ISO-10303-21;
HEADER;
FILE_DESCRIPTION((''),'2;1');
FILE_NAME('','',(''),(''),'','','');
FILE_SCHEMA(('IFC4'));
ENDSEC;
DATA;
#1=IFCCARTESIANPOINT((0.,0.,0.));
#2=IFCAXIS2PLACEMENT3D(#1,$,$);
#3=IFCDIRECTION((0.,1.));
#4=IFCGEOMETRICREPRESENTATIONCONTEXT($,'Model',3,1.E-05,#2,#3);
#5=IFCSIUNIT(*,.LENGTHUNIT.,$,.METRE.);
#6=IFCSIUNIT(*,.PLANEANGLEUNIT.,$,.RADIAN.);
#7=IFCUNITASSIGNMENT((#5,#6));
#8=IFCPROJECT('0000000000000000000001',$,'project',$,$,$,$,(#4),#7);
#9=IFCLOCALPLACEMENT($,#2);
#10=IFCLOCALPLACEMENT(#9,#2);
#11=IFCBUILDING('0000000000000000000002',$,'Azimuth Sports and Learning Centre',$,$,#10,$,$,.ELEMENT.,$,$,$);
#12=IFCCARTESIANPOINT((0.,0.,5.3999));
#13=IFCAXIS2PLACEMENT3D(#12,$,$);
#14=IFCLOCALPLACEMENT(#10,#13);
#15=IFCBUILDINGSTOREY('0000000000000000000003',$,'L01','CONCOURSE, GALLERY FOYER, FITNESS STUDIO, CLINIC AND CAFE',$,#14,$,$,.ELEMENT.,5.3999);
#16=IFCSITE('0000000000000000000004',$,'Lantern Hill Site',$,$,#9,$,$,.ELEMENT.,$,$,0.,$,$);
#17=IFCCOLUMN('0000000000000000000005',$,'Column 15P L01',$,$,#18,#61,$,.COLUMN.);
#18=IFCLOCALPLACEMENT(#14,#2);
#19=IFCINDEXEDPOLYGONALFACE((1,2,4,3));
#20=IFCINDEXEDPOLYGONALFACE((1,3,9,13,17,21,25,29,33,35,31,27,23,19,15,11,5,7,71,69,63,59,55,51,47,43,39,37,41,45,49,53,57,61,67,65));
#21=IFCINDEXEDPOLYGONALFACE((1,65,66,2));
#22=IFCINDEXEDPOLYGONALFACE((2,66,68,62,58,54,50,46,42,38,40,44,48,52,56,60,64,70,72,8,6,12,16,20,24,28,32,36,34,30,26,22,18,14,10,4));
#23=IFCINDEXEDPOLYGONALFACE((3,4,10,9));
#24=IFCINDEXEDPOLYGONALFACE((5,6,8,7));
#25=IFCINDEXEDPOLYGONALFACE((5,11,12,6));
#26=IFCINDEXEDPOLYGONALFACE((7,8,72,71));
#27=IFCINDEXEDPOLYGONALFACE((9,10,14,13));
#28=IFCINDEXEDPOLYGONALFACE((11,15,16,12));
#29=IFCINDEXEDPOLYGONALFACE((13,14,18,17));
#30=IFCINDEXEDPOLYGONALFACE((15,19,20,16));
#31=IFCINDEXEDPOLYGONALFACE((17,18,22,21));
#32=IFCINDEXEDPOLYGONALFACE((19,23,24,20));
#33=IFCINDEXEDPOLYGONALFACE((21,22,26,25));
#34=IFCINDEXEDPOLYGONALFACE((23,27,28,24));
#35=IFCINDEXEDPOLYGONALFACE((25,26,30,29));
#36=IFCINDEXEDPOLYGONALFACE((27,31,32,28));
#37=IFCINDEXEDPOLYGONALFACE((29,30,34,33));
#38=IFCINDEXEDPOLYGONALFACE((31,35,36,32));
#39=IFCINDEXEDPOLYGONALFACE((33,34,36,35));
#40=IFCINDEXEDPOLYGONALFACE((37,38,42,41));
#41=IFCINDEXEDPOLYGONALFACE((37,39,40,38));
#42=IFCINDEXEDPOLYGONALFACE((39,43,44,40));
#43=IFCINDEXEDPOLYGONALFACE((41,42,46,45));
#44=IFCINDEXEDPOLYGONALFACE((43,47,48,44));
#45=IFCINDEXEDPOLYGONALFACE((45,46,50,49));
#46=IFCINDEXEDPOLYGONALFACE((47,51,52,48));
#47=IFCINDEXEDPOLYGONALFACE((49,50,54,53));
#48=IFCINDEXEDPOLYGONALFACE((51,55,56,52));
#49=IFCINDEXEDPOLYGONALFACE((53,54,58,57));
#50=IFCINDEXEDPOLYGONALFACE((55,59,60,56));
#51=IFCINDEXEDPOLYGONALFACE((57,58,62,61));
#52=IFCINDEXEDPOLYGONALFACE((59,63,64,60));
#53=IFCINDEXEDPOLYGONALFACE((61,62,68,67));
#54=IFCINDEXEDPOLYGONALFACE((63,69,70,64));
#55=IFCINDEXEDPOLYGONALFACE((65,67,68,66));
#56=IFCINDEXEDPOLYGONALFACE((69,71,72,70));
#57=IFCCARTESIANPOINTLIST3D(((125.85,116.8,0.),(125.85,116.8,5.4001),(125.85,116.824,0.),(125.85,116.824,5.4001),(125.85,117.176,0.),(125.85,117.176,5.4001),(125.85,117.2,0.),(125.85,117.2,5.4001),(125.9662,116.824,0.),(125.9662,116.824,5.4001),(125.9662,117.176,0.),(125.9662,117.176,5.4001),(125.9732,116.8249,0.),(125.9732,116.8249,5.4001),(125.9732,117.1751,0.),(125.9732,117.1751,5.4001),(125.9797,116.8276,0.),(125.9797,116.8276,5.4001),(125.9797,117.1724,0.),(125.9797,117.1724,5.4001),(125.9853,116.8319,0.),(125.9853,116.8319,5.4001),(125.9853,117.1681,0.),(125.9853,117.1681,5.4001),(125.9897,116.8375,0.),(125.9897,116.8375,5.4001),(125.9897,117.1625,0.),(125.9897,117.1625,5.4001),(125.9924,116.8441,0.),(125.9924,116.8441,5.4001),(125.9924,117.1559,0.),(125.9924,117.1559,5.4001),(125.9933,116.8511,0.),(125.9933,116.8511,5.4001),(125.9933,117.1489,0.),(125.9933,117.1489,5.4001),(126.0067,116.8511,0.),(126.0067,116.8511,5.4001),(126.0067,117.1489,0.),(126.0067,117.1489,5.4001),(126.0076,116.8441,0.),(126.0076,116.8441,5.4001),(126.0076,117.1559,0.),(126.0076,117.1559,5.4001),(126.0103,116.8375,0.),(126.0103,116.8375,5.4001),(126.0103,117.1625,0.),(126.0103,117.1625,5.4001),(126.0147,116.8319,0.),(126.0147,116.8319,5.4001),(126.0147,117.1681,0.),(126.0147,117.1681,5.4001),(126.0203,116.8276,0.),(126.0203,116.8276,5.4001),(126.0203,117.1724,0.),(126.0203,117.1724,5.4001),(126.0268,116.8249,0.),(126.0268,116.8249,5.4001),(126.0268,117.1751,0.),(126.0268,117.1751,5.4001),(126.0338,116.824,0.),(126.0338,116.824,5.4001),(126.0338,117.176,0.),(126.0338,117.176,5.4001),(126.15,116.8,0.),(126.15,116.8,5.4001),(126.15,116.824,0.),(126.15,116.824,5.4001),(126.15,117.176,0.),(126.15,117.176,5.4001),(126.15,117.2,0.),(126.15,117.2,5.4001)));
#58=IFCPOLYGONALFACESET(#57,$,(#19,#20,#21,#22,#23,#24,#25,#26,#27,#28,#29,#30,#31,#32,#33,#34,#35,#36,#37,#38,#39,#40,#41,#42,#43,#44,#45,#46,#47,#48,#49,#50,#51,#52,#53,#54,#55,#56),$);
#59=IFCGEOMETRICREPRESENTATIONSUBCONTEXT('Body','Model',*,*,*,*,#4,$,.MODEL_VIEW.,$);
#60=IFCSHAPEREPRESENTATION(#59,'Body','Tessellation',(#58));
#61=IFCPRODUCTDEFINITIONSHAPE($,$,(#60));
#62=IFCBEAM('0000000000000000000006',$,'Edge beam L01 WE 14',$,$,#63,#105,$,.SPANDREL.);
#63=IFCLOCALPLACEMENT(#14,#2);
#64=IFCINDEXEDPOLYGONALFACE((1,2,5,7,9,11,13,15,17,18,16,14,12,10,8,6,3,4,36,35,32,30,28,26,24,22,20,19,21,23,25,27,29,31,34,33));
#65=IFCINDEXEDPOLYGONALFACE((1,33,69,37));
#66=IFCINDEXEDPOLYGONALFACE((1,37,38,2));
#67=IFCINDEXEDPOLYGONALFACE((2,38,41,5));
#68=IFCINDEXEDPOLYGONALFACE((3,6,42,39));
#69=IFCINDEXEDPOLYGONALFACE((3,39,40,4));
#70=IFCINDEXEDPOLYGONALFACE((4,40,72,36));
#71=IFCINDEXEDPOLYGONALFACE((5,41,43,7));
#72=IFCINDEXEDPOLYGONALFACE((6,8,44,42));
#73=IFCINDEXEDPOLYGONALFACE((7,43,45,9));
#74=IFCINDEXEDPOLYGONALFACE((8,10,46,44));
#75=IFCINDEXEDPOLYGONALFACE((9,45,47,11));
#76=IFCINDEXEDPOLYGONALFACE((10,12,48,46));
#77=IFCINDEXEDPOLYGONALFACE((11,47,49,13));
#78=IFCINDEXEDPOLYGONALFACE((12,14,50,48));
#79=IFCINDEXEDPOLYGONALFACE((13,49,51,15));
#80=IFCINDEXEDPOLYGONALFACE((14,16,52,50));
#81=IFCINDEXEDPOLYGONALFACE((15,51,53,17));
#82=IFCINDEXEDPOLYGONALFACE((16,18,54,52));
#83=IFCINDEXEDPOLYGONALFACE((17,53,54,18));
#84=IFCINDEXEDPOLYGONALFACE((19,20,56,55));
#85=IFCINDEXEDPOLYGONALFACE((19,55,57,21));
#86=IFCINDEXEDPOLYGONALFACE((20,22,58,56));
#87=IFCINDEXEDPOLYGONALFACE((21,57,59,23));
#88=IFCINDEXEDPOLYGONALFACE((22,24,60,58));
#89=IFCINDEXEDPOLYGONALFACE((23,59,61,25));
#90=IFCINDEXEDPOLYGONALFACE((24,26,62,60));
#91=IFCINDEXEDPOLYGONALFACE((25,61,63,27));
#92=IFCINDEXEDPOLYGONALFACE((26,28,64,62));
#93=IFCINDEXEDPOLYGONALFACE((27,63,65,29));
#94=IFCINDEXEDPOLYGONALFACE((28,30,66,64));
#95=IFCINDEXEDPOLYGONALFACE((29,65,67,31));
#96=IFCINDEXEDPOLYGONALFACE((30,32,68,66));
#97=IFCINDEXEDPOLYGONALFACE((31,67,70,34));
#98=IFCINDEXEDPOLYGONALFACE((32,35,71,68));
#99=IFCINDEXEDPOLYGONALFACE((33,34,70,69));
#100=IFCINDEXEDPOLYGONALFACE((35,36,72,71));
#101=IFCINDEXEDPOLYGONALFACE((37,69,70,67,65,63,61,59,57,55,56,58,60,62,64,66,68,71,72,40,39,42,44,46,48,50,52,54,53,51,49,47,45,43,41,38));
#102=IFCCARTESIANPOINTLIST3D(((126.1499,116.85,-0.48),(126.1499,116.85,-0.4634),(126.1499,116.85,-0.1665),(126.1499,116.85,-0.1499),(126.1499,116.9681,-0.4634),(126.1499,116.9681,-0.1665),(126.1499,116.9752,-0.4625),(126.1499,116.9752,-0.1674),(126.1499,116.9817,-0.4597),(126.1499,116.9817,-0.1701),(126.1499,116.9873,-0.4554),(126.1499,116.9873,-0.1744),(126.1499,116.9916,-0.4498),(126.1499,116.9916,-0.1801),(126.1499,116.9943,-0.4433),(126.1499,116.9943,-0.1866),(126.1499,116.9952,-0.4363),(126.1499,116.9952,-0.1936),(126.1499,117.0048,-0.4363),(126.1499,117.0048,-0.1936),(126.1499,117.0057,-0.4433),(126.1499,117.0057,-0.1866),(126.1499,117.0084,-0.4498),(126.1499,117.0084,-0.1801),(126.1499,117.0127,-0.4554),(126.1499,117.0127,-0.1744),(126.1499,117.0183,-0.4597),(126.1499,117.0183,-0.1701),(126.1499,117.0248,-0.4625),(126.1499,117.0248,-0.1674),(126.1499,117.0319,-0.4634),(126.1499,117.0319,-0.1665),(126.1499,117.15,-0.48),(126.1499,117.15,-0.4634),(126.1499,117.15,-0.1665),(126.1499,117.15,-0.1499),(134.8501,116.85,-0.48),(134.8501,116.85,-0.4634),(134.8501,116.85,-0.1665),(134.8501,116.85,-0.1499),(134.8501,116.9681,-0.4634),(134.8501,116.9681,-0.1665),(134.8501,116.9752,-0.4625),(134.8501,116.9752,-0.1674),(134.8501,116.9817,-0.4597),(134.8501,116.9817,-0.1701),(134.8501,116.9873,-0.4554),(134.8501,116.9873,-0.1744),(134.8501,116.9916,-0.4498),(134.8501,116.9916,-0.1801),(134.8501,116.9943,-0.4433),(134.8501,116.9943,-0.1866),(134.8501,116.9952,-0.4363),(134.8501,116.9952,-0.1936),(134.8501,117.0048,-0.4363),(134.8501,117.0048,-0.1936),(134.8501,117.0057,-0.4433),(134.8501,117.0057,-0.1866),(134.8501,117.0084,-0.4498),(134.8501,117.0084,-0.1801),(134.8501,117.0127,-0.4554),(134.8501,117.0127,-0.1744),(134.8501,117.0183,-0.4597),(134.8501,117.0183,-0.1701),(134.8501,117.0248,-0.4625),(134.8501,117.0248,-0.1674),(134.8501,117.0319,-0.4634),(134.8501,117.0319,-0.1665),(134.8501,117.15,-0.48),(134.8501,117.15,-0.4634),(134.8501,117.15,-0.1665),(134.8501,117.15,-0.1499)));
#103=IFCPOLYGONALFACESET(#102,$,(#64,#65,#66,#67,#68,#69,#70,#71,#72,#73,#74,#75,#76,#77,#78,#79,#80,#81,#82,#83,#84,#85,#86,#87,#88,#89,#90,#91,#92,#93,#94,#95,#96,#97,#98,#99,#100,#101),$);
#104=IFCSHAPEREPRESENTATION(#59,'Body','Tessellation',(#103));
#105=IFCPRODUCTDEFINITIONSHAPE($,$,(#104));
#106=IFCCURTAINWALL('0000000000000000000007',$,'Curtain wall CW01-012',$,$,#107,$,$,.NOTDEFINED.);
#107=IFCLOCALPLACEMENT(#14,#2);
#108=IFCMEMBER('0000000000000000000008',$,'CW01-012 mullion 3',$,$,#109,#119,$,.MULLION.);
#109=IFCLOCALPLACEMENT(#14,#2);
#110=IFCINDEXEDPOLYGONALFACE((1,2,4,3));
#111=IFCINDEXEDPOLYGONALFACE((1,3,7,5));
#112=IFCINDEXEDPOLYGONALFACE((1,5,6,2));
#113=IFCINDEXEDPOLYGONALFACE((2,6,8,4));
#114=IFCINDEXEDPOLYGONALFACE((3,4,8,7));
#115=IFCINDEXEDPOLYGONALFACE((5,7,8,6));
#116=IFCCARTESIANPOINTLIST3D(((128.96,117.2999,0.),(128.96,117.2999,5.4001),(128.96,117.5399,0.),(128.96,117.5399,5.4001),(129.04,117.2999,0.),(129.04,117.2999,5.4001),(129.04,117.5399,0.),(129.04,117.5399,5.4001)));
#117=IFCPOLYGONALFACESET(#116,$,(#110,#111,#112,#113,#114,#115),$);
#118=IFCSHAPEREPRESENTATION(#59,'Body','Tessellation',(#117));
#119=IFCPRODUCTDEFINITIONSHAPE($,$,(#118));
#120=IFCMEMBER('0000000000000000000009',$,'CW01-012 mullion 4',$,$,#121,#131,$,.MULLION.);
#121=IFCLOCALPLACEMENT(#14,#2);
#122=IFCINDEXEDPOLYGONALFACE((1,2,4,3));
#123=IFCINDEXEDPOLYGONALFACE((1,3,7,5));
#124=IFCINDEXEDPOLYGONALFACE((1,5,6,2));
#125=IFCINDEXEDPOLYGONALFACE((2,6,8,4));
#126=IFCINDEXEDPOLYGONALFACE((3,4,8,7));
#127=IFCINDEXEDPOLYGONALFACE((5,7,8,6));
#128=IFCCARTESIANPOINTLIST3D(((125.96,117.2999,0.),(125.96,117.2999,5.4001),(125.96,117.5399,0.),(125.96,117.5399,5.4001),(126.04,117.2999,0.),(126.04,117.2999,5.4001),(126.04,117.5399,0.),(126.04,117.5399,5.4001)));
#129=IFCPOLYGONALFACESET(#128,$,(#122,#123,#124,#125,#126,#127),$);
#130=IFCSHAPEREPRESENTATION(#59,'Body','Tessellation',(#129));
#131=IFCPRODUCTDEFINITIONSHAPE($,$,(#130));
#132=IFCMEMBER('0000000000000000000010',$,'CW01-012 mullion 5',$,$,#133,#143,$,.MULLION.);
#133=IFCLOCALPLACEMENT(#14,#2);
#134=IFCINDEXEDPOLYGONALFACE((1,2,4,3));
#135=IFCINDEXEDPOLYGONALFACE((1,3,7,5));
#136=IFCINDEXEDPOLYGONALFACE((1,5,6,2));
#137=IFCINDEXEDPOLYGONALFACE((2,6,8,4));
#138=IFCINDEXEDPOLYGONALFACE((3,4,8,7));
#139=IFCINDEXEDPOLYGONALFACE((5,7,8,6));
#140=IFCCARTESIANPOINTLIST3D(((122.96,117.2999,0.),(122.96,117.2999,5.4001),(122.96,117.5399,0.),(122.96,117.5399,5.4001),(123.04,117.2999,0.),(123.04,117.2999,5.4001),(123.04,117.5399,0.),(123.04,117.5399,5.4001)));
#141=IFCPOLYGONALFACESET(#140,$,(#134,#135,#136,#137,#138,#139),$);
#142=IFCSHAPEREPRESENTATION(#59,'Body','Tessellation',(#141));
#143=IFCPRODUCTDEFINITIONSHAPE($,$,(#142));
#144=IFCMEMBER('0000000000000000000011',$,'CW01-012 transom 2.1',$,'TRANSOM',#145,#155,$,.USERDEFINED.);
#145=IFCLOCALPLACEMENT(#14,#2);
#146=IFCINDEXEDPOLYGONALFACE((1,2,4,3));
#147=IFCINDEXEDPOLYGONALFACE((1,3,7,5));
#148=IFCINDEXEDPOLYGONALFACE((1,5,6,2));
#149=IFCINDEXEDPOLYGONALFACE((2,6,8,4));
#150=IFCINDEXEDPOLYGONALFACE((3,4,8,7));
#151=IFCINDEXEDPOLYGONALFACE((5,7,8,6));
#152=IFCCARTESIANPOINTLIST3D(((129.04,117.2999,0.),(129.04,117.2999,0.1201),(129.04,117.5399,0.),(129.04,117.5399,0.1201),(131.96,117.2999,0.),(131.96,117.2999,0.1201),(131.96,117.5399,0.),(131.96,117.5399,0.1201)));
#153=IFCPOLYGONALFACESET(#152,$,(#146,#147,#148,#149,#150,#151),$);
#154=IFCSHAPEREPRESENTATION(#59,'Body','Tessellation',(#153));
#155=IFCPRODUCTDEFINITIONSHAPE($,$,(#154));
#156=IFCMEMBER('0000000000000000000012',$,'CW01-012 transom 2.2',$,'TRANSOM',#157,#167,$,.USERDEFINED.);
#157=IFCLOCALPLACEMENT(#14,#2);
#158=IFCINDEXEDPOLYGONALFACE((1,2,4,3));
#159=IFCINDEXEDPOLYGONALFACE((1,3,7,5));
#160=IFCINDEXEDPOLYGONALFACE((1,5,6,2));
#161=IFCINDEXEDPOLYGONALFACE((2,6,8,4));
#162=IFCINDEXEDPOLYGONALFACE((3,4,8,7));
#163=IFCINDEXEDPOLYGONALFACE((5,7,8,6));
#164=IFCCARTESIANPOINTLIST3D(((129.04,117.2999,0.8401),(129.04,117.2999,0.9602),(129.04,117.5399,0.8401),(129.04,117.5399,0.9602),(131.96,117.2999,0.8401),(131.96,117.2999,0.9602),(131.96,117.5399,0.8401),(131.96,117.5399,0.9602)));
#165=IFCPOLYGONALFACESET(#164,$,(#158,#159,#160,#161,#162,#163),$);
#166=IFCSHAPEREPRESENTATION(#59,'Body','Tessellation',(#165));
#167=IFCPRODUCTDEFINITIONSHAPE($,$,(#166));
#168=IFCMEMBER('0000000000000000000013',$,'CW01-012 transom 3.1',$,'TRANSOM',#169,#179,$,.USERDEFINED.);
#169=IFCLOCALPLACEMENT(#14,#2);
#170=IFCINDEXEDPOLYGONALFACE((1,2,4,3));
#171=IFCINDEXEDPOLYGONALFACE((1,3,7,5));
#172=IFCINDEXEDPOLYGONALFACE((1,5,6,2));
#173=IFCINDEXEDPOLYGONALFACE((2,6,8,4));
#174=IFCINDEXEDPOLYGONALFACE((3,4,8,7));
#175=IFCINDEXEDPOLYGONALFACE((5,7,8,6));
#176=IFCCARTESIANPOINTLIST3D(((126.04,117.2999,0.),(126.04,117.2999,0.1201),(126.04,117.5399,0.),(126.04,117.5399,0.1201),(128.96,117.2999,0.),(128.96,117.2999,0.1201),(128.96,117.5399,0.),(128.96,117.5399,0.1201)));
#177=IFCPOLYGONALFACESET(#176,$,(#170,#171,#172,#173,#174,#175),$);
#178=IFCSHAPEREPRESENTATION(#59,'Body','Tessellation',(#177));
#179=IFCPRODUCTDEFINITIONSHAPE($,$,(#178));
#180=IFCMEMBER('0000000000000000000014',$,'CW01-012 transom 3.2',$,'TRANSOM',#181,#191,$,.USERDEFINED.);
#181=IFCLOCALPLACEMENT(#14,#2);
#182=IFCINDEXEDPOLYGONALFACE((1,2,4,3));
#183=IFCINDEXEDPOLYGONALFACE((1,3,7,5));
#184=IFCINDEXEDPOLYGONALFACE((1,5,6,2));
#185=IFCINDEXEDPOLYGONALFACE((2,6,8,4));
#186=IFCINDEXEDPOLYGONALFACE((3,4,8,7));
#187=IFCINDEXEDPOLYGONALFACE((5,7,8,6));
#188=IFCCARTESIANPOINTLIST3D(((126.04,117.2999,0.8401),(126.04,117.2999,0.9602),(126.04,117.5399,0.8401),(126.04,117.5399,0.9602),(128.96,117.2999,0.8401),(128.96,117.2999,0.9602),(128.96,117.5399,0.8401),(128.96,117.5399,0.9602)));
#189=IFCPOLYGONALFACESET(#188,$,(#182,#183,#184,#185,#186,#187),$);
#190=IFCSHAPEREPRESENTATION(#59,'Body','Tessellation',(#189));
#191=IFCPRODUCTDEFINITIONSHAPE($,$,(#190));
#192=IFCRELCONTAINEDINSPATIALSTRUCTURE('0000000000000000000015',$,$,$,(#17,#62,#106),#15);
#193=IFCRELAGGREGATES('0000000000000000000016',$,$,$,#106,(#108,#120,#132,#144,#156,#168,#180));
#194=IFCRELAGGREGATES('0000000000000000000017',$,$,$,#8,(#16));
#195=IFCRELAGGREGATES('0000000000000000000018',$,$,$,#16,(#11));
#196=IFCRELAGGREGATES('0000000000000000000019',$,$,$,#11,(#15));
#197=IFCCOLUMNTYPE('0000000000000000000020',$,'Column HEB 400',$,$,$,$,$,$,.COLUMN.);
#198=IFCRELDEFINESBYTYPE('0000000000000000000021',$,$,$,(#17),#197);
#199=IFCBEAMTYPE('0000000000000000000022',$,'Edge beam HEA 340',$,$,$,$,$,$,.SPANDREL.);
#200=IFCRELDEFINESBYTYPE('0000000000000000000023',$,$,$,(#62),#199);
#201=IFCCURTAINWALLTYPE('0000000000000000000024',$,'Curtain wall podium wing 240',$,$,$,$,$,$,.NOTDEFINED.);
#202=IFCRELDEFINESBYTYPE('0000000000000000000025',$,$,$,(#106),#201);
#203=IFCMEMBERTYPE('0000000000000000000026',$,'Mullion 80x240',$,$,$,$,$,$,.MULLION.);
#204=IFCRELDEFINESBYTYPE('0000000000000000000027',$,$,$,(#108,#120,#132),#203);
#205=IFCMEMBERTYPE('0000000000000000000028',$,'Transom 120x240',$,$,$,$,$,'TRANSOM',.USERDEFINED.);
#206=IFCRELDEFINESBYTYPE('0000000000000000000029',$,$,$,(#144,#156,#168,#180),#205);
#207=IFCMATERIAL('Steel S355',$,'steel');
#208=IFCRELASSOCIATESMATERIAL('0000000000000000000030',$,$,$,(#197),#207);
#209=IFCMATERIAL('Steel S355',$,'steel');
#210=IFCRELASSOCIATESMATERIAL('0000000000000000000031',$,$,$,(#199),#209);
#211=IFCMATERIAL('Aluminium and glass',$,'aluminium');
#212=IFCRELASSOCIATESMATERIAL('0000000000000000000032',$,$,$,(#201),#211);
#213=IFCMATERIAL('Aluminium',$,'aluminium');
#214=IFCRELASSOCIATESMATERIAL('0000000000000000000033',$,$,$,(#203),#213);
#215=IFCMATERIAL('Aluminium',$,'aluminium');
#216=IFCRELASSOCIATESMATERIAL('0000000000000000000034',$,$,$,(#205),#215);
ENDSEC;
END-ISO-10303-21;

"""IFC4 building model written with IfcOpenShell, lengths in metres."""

from ifc_helpers import new_model, si_unit, direction, frame, origin, origin_2d, place, context, subcontext, project, spatial, rectangle, i_section, extrude, material, material_profile, profile_set, type_object, element, aggregate, save


model = new_model("IFC4")

# Units and contexts
model_context = context("Model", 3, precision=1e-05, world=origin(), true_north=direction((0.0, 1.0)))
body_context = subcontext(model_context, "Body", "Model", "MODEL_VIEW")
ifc_project = project(units=[si_unit("LENGTHUNIT", "METRE"), si_unit("PLANEANGLEUNIT", "RADIAN")], contexts=[model_context])

# Site, building, storey
site_placement = place(None, origin())
site = spatial("IfcSite", under=ifc_project, at=site_placement, Name="Lantern Hill Site", CompositionType="ELEMENT", RefElevation=0.0)
building_placement = place(site_placement, origin())
building = spatial("IfcBuilding", under=site, at=building_placement, Name="Azimuth Sports and Learning Centre", CompositionType="ELEMENT")
storey_placement = place(building_placement, frame((0.0, 0.0, 5.3999)))
storey = spatial("IfcBuildingStorey", under=building, at=storey_placement, Name="L01", Description="CONCOURSE, GALLERY FOYER, FITNESS STUDIO, CLINIC AND CAFE", CompositionType="ELEMENT", Elevation=5.3999)

# Column
ifc_material_1 = material(Name="Steel S355", Category="steel")
ifc_material_profile_1 = material_profile(ifc_material_1, i_section(OverallWidth=0.3, OverallDepth=0.3999, WebThickness=0.0134, FlangeThickness=0.0239, FilletRadius=0.0271, at=origin_2d()), Name="HEB 400")
ifc_profile_set_1 = profile_set([ifc_material_profile_1], Name="Steel S355")
column_type = type_object("IfcColumnType", Name="Column HEB 400", PredefinedType="COLUMN", material=ifc_profile_set_1)
column_placement = place(storey_placement, frame((126.0, 117.0, 0.0), z_axis=(0.0, 0.0, 1.0), x_axis=(1.0, 0.0, 0.0)))
element("IfcColumn", 1, at=column_placement, inside=storey, type_object=column_type, Name="Column 15P L01", PredefinedType="COLUMN", context=body_context, shape_type="SweptSolid", body=[
    extrude(i_section(OverallWidth=0.3, OverallDepth=0.3999, WebThickness=0.0134, FlangeThickness=0.0239, FilletRadius=0.0271, at=origin_2d()), origin(), (0.0, 0.0, 1.0), 5.4001),
])

# Beam
ifc_material_2 = material(Name="Steel S355", Category="steel")
ifc_material_profile_2 = material_profile(ifc_material_2, i_section(OverallWidth=0.3, OverallDepth=0.3301, WebThickness=0.0095, FlangeThickness=0.0166, FilletRadius=0.0271, at=origin_2d()), Name="HEA 340")
ifc_profile_set_2 = profile_set([ifc_material_profile_2], Name="Steel S355")
beam_type = type_object("IfcBeamType", Name="Edge beam HEA 340", PredefinedType="SPANDREL", material=ifc_profile_set_2)
beam_placement = place(storey_placement, frame((126.1499, 117.0, -0.3149), z_axis=(1.0, 0.0, 0.0), x_axis=(0.0, 1.0, 0.0)))
element("IfcBeam", 2, at=beam_placement, inside=storey, type_object=beam_type, Name="Edge beam L01 WE 14", PredefinedType="SPANDREL", context=body_context, shape_type="SweptSolid", body=[
    extrude(i_section(OverallWidth=0.3, OverallDepth=0.3301, WebThickness=0.0095, FlangeThickness=0.0166, FilletRadius=0.0271, at=origin_2d()), origin(), (0.0, 0.0, 1.0), 8.7002),
])

# Curtain wall, members
ifc_material_3 = material(Name="Aluminium and glass", Category="aluminium")
curtain_wall_type = type_object("IfcCurtainWallType", Name="Curtain wall podium wing 240", PredefinedType="NOTDEFINED", material=ifc_material_3)
curtain_wall_placement = place(storey_placement, origin())
curtain_wall = element("IfcCurtainWall", 3, at=curtain_wall_placement, inside=storey, type_object=curtain_wall_type, Name="Curtain wall CW01-012", PredefinedType="NOTDEFINED")
ifc_material_4 = material(Name="Aluminium", Category="aluminium")
ifc_material_profile_3 = material_profile(ifc_material_4, rectangle(XDim=0.24, YDim=0.0801, at=origin_2d()), Name="Mullion 80x240")
ifc_profile_set_3 = profile_set([ifc_material_profile_3], Name="Aluminium")
member_type_1 = type_object("IfcMemberType", Name="Mullion 80x240", PredefinedType="MULLION", material=ifc_profile_set_3)
member_1_placement = place(storey_placement, frame((129.0, 117.4199, 0.0), z_axis=(0.0, 0.0, 1.0), x_axis=(0.0, -1.0, 0.0)))
member_1 = element("IfcMember", 4, at=member_1_placement, type_object=member_type_1, Name="CW01-012 mullion 3", PredefinedType="MULLION", context=body_context, shape_type="SweptSolid", body=[
    extrude(rectangle(XDim=0.24, YDim=0.0801, at=origin_2d()), origin(), (0.0, 0.0, 1.0), 5.4001),
])
member_2_placement = place(storey_placement, frame((126.0, 117.4199, 0.0), z_axis=(0.0, 0.0, 1.0), x_axis=(0.0, -1.0, 0.0)))
member_2 = element("IfcMember", 5, at=member_2_placement, type_object=member_type_1, Name="CW01-012 mullion 4", PredefinedType="MULLION", context=body_context, shape_type="SweptSolid", body=[
    extrude(rectangle(XDim=0.24, YDim=0.0801, at=origin_2d()), origin(), (0.0, 0.0, 1.0), 5.4001),
])
member_3_placement = place(storey_placement, frame((123.0, 117.4199, 0.0), z_axis=(0.0, 0.0, 1.0), x_axis=(0.0, -1.0, 0.0)))
member_3 = element("IfcMember", 6, at=member_3_placement, type_object=member_type_1, Name="CW01-012 mullion 5", PredefinedType="MULLION", context=body_context, shape_type="SweptSolid", body=[
    extrude(rectangle(XDim=0.24, YDim=0.0801, at=origin_2d()), origin(), (0.0, 0.0, 1.0), 5.4001),
])
ifc_material_5 = material(Name="Aluminium", Category="aluminium")
ifc_material_profile_4 = material_profile(ifc_material_5, rectangle(XDim=0.24, YDim=0.1201, at=origin_2d()), Name="Transom 120x240")
ifc_profile_set_4 = profile_set([ifc_material_profile_4], Name="Aluminium")
member_type_2 = type_object("IfcMemberType", Name="Transom 120x240", ElementType="TRANSOM", PredefinedType="USERDEFINED", material=ifc_profile_set_4)
member_4_placement = place(storey_placement, frame((131.96, 117.4199, 0.0601), z_axis=(-1.0, 0.0, 0.0), x_axis=(0.0, -1.0, 0.0)))
member_4 = element("IfcMember", 7, at=member_4_placement, type_object=member_type_2, Name="CW01-012 transom 2.1", ObjectType="TRANSOM", PredefinedType="USERDEFINED", context=body_context, shape_type="SweptSolid", body=[
    extrude(rectangle(XDim=0.24, YDim=0.1201, at=origin_2d()), origin(), (0.0, 0.0, 1.0), 2.9199),
])
member_5_placement = place(storey_placement, frame((131.96, 117.4199, 0.9001), z_axis=(-1.0, 0.0, 0.0), x_axis=(0.0, -1.0, 0.0)))
member_5 = element("IfcMember", 8, at=member_5_placement, type_object=member_type_2, Name="CW01-012 transom 2.2", ObjectType="TRANSOM", PredefinedType="USERDEFINED", context=body_context, shape_type="SweptSolid", body=[
    extrude(rectangle(XDim=0.24, YDim=0.1201, at=origin_2d()), origin(), (0.0, 0.0, 1.0), 2.9199),
])
member_6_placement = place(storey_placement, frame((128.96, 117.4199, 0.0601), z_axis=(-1.0, 0.0, 0.0), x_axis=(0.0, -1.0, 0.0)))
member_6 = element("IfcMember", 9, at=member_6_placement, type_object=member_type_2, Name="CW01-012 transom 3.1", ObjectType="TRANSOM", PredefinedType="USERDEFINED", context=body_context, shape_type="SweptSolid", body=[
    extrude(rectangle(XDim=0.24, YDim=0.1201, at=origin_2d()), origin(), (0.0, 0.0, 1.0), 2.9199),
])
member_7_placement = place(storey_placement, frame((128.96, 117.4199, 0.9001), z_axis=(-1.0, 0.0, 0.0), x_axis=(0.0, -1.0, 0.0)))
member_7 = element("IfcMember", 10, at=member_7_placement, type_object=member_type_2, Name="CW01-012 transom 3.2", ObjectType="TRANSOM", PredefinedType="USERDEFINED", context=body_context, shape_type="SweptSolid", body=[
    extrude(rectangle(XDim=0.24, YDim=0.1201, at=origin_2d()), origin(), (0.0, 0.0, 1.0), 2.9199),
])
aggregate(curtain_wall, [member_1, member_2, member_3, member_4, member_5, member_6, member_7])

save(model, "model.ifc")
